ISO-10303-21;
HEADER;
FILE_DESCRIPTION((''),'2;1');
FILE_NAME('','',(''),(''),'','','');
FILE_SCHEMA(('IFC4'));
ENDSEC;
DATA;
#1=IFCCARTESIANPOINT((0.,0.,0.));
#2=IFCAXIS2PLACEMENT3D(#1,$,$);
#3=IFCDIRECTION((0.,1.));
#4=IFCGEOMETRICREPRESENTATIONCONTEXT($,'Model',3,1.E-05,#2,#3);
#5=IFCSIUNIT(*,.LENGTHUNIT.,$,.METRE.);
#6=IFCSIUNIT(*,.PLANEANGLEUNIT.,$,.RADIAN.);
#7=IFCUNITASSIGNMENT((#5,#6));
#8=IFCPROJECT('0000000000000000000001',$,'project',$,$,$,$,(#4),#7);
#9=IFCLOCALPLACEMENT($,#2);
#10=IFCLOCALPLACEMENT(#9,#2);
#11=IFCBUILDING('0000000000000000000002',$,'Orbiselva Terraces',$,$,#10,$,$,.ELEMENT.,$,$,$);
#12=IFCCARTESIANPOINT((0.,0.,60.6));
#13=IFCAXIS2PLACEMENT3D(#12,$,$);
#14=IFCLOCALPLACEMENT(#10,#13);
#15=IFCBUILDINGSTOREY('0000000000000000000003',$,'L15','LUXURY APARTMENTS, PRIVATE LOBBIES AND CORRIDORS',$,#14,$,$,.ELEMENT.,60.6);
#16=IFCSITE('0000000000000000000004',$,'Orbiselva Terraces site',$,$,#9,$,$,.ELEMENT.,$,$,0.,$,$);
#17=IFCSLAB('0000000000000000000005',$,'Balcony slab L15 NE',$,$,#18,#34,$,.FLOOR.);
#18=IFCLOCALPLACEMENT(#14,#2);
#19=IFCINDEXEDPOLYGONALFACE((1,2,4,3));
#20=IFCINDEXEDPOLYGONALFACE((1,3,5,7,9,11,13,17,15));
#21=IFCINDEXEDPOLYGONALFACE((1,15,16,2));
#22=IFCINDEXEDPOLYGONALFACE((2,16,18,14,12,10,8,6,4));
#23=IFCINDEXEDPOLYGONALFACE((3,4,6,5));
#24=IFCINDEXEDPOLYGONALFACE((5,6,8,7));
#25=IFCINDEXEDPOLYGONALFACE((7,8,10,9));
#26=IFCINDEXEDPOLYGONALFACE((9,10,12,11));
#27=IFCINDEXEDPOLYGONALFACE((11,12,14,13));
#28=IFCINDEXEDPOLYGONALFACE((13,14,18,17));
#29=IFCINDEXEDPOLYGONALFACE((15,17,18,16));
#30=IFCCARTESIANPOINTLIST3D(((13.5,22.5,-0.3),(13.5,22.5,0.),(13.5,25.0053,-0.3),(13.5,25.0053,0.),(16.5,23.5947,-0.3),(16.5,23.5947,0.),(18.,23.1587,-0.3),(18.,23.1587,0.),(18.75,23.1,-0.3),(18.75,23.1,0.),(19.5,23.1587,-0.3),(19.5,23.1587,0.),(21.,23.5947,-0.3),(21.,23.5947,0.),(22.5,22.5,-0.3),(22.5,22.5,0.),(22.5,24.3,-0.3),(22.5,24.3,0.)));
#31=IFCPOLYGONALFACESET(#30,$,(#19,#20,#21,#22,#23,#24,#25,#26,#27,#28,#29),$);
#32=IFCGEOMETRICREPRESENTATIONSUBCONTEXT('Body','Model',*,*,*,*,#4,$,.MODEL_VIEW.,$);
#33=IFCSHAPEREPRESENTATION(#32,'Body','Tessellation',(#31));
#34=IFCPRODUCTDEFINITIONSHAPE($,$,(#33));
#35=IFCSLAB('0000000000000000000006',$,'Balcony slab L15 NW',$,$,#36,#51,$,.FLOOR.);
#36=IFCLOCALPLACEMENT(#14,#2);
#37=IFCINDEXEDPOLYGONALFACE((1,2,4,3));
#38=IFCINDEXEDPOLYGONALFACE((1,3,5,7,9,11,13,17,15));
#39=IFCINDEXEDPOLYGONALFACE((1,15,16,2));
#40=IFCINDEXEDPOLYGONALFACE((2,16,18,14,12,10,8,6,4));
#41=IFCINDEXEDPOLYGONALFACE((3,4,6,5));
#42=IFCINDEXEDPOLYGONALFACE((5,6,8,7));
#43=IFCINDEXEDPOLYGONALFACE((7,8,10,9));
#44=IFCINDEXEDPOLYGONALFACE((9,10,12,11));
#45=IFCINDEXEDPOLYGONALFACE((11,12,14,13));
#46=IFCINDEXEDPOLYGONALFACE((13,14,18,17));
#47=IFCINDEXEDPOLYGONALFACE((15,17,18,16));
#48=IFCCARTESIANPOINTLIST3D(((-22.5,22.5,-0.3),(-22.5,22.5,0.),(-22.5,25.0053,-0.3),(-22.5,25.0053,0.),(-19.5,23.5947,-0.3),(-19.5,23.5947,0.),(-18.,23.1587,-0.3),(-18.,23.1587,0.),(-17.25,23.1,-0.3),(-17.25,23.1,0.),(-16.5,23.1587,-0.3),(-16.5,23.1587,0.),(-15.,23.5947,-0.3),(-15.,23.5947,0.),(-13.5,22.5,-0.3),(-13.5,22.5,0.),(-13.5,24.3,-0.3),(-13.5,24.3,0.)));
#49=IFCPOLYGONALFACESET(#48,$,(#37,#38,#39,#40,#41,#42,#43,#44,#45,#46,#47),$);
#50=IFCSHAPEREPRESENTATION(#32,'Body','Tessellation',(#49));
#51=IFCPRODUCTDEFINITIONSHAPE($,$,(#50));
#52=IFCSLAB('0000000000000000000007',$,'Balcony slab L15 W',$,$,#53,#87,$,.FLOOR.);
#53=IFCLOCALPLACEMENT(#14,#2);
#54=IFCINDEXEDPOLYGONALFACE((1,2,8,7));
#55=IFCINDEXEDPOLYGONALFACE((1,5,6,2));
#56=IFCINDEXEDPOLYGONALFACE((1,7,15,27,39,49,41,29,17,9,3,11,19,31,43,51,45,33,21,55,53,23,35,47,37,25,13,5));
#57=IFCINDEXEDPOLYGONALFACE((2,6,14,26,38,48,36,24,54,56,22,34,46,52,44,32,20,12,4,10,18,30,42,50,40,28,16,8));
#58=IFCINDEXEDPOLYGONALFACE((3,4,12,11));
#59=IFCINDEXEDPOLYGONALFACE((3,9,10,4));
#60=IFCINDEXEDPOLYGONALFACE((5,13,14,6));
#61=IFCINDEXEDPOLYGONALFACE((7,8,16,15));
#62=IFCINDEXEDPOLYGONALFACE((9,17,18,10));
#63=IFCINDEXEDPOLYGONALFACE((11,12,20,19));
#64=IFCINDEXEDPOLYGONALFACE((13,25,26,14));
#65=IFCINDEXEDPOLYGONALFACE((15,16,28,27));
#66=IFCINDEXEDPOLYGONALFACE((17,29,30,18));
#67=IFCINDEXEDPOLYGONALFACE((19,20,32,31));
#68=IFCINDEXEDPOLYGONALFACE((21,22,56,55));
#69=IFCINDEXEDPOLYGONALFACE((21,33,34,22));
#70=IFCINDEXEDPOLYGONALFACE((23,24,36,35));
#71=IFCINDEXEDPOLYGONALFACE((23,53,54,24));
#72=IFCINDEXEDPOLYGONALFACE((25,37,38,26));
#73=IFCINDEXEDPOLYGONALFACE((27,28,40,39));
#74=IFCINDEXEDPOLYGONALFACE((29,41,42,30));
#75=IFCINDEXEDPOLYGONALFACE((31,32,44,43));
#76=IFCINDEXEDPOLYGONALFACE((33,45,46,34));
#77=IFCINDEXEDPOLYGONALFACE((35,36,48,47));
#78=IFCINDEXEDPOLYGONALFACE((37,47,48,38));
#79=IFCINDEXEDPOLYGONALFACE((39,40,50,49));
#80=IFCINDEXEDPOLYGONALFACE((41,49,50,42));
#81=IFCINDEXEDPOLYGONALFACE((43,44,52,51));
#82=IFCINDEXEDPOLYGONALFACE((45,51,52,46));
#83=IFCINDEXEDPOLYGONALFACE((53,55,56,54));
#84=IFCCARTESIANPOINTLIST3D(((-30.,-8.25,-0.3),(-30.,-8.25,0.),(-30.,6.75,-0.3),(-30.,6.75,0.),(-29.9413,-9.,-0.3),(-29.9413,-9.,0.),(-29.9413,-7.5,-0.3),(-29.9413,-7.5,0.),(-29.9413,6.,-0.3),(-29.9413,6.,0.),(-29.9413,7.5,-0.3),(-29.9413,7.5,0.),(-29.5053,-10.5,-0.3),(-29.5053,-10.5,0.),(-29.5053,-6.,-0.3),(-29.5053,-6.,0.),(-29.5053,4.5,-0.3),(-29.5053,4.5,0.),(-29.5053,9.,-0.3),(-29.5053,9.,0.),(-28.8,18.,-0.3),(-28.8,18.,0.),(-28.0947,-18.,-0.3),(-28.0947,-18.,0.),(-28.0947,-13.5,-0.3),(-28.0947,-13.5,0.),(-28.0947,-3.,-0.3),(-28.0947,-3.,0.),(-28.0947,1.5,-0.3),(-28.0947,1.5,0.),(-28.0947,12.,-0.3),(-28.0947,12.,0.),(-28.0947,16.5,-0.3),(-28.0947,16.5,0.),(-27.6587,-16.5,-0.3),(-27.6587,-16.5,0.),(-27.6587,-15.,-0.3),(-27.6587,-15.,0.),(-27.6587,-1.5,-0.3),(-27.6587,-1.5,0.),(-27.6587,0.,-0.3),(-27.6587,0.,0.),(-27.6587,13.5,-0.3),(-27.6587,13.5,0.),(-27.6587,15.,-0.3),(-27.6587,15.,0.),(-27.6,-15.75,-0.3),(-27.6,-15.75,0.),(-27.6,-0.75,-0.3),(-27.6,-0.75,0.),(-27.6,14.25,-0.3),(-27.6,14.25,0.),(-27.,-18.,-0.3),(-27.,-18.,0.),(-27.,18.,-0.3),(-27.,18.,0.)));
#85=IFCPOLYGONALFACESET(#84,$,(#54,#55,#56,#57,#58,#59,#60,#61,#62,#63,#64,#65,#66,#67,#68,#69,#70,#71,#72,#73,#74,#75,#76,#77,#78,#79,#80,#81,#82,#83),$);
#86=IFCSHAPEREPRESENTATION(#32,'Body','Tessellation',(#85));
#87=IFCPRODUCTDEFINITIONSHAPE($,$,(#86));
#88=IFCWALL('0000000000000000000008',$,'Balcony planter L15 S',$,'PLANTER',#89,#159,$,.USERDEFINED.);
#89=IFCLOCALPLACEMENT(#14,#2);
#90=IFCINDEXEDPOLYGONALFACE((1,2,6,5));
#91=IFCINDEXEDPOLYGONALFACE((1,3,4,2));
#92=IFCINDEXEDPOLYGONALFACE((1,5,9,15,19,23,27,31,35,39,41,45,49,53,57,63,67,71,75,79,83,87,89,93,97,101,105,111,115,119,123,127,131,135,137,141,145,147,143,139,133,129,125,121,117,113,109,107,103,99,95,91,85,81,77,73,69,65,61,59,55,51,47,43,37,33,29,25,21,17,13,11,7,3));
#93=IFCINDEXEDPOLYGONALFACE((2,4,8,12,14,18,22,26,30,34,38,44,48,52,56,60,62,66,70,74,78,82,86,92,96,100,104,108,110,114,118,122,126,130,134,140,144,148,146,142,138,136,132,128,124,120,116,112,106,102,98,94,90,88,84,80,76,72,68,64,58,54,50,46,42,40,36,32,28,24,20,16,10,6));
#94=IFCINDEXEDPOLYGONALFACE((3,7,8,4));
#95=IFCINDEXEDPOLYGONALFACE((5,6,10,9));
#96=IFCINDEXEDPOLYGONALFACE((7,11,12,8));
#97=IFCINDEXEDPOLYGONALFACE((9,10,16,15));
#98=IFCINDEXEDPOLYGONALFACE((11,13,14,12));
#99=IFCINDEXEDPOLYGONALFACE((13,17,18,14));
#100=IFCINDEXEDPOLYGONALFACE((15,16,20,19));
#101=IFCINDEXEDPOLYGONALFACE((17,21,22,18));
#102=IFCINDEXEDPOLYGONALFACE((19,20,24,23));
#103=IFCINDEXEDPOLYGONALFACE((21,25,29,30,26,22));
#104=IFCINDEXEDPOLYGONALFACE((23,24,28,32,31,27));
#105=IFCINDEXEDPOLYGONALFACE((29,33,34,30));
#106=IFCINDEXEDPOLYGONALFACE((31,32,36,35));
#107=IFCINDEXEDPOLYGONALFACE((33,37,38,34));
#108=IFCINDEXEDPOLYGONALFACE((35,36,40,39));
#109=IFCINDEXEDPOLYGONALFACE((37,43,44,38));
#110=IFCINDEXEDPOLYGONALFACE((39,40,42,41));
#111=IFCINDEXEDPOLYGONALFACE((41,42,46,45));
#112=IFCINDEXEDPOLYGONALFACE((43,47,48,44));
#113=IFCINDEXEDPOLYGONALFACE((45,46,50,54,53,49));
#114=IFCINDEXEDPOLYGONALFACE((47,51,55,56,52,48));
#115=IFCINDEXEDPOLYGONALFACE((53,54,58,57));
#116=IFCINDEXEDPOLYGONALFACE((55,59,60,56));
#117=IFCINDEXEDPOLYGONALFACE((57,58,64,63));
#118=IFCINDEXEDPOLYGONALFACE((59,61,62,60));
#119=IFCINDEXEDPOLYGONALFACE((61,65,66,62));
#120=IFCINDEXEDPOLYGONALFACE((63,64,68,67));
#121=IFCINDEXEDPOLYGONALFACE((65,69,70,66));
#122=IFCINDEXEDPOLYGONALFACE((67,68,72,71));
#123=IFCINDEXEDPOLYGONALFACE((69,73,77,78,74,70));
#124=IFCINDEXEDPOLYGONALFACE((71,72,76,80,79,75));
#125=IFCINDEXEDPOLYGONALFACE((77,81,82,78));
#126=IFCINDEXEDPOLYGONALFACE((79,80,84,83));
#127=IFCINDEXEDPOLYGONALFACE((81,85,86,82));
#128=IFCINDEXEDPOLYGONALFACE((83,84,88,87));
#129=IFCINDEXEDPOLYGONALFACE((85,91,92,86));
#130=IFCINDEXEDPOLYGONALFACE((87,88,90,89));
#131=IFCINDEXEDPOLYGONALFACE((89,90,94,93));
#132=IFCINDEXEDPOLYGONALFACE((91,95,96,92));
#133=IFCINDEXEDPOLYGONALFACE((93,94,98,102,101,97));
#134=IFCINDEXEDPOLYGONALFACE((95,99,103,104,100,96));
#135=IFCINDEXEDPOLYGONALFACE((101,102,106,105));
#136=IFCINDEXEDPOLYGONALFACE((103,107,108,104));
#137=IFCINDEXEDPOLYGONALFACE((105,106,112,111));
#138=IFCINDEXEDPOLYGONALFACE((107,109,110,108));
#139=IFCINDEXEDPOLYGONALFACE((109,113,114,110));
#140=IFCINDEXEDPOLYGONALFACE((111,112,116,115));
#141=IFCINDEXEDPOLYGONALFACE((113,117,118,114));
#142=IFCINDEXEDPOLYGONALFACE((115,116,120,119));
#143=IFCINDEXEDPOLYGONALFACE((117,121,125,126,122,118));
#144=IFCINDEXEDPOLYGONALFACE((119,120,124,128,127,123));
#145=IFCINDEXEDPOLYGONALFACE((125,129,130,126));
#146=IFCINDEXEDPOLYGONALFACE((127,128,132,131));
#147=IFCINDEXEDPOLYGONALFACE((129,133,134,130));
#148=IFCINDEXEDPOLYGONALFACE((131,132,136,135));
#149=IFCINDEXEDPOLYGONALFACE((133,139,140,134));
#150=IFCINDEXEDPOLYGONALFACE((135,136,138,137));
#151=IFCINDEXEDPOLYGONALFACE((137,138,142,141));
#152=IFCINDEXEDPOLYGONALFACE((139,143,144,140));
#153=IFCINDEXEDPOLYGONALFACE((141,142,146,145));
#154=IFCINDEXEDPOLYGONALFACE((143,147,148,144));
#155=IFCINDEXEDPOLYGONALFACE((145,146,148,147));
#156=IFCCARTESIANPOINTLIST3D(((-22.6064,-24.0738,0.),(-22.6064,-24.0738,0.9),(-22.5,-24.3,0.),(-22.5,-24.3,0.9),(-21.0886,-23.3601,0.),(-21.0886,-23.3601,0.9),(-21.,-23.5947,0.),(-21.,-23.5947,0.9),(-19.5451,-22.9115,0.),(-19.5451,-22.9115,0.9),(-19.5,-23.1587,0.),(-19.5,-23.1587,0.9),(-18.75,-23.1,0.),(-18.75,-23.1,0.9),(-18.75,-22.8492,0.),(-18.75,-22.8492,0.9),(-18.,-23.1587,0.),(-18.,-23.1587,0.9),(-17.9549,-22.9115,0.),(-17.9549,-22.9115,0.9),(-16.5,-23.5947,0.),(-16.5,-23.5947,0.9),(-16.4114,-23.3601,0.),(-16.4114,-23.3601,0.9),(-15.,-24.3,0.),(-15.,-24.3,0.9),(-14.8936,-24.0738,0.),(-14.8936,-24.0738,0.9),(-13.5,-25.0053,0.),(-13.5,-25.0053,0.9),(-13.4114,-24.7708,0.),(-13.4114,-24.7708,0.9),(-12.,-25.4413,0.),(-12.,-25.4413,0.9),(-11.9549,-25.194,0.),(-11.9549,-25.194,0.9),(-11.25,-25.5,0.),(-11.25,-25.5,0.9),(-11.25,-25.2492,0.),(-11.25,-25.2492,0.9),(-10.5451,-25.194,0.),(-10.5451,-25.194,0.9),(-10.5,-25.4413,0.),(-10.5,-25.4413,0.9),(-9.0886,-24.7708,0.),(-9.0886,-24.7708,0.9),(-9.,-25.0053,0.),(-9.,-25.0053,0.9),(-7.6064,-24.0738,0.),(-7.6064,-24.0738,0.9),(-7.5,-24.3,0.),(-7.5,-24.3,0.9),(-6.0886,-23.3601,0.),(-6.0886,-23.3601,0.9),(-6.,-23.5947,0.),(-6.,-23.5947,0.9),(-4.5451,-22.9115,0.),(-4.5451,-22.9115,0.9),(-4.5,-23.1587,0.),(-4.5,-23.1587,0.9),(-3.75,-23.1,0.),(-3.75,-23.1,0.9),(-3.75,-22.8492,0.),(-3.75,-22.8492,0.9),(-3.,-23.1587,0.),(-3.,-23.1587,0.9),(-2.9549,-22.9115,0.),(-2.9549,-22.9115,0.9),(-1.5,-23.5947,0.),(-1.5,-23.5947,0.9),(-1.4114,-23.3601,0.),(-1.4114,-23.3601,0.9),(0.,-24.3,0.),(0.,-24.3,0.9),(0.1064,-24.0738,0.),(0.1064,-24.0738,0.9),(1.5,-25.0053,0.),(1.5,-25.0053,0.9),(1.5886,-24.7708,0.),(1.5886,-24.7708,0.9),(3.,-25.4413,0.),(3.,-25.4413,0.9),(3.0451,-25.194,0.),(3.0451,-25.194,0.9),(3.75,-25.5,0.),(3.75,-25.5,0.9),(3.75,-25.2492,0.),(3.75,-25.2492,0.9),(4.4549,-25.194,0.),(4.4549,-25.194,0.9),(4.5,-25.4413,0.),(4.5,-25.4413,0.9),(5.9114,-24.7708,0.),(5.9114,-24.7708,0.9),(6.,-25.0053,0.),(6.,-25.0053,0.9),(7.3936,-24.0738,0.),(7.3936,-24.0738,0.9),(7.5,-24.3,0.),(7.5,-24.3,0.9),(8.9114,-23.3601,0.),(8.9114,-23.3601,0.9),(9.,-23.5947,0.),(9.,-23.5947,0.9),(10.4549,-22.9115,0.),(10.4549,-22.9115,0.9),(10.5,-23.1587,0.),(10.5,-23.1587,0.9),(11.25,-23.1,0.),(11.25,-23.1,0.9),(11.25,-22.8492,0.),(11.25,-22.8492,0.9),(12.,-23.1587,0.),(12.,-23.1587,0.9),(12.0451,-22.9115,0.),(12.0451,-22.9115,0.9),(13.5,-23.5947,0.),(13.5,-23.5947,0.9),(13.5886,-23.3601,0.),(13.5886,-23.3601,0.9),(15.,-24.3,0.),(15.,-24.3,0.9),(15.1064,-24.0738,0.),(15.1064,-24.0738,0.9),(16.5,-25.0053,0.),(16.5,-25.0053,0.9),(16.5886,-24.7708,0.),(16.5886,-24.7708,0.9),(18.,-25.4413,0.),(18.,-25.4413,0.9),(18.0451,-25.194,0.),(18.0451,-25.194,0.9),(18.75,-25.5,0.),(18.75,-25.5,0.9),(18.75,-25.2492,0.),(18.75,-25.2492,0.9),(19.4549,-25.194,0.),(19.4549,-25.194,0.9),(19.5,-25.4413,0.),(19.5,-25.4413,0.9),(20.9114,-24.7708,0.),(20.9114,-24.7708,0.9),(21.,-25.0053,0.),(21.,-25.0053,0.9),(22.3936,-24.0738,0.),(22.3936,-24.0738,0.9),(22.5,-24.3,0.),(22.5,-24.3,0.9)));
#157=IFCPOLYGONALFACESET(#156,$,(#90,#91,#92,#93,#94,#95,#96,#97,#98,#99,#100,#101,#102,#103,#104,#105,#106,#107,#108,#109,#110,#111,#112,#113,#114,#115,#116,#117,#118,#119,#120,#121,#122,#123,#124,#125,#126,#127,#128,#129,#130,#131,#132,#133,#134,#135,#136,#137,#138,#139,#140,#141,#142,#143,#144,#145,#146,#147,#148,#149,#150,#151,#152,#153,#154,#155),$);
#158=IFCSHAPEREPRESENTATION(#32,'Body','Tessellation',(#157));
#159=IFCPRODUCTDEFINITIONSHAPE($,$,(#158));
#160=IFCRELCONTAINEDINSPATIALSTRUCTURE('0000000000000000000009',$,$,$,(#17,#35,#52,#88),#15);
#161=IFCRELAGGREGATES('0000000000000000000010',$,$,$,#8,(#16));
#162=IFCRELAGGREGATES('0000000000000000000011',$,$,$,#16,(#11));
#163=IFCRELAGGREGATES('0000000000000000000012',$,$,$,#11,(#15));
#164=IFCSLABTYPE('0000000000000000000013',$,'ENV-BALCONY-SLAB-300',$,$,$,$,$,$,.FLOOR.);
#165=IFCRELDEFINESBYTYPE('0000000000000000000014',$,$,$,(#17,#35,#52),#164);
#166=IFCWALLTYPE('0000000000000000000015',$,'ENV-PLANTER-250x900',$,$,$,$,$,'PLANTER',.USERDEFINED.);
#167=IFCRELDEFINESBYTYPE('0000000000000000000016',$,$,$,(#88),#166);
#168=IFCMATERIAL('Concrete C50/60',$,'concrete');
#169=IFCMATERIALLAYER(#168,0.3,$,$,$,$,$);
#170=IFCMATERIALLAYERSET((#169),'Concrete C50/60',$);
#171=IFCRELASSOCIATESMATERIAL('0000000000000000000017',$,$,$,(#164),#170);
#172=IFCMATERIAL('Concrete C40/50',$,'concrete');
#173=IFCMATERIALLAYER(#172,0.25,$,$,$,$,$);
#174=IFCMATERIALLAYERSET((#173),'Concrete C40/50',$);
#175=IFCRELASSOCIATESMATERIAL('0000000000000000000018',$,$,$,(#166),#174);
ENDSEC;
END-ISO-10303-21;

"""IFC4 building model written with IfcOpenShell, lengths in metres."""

from ifc_helpers import new_model, si_unit, direction, frame, origin, place, context, subcontext, project, spatial, polyline, outline, extrude, material, layer, layer_set, type_object, element, save


model = new_model("IFC4")

# Units and contexts
model_context = context("Model", 3, precision=1e-05, world=origin(), true_north=direction((0.0, 1.0)))
body_context = subcontext(model_context, "Body", "Model", "MODEL_VIEW")
ifc_project = project(units=[si_unit("LENGTHUNIT", "METRE"), si_unit("PLANEANGLEUNIT", "RADIAN")], contexts=[model_context])

# Site, building, storey
site_placement = place(None, origin())
site = spatial("IfcSite", under=ifc_project, at=site_placement, Name="Orbiselva Terraces site", CompositionType="ELEMENT", RefElevation=0.0)
building_placement = place(site_placement, origin())
building = spatial("IfcBuilding", under=site, at=building_placement, Name="Orbiselva Terraces", CompositionType="ELEMENT")
storey_placement = place(building_placement, frame((0.0, 0.0, 60.6)))
storey = spatial("IfcBuildingStorey", under=building, at=storey_placement, Name="L15", Description="LUXURY APARTMENTS, PRIVATE LOBBIES AND CORRIDORS", CompositionType="ELEMENT", Elevation=60.6)

# Slabs
ifc_material_1 = material(Name="Concrete C40/50", Category="concrete")
ifc_material_2 = material(Name="Concrete C50/60", Category="concrete")
ifc_layer_1 = layer(ifc_material_2, 0.3)
ifc_layer_set_1 = layer_set([ifc_layer_1], Name="Concrete C50/60")
slab_type_1 = type_object("IfcSlabType", Name="ENV-BALCONY-SLAB-300", PredefinedType="FLOOR", material=ifc_layer_set_1)
slab_1_placement = place(storey_placement, frame((0.0, 0.0, -0.3)))
element("IfcSlab", 1, at=slab_1_placement, inside=storey, type_object=slab_type_1, Name="Balcony slab L15 NE", PredefinedType="FLOOR", context=body_context, shape_type="SweptSolid", body=[
    extrude(outline(polyline([(22.5, 24.3), (21.0, 23.5947), (19.5, 23.1587), (18.75, 23.1), (18.0, 23.1587), (16.5, 23.5947), (13.5, 25.0053), (13.5, 22.5), (22.5, 22.5), (22.5, 24.3)])), origin(), (0.0, 0.0, 1.0), 0.3),
])
slab_2_placement = place(storey_placement, frame((0.0, 0.0, -0.3)))
element("IfcSlab", 2, at=slab_2_placement, inside=storey, type_object=slab_type_1, Name="Balcony slab L15 NW", PredefinedType="FLOOR", context=body_context, shape_type="SweptSolid", body=[
    extrude(outline(polyline([(-13.5, 24.3), (-15.0, 23.5947), (-16.5, 23.1587), (-17.25, 23.1), (-18.0, 23.1587), (-19.5, 23.5947), (-22.5, 25.0053), (-22.5, 22.5), (-13.5, 22.5), (-13.5, 24.3)])), origin(), (0.0, 0.0, 1.0), 0.3),
])
slab_3_placement = place(storey_placement, frame((0.0, 0.0, -0.3)))
element("IfcSlab", 3, at=slab_3_placement, inside=storey, type_object=slab_type_1, Name="Balcony slab L15 W", PredefinedType="FLOOR", context=body_context, shape_type="SweptSolid", body=[
    extrude(outline(polyline([(-28.8, 18.0), (-28.0947, 16.5), (-27.6587, 15.0), (-27.6, 14.25), (-27.6587, 13.5), (-28.0947, 12.0), (-29.5053, 9.0), (-29.9413, 7.5), (-30.0, 6.75), (-29.9413, 6.0), (-29.5053, 4.5), (-28.0947, 1.5), (-27.6587, 0.0), (-27.6, -0.75), (-27.6587, -1.5), (-28.0947, -3.0), (-29.5053, -6.0), (-29.9413, -7.5), (-30.0, -8.25), (-29.9413, -9.0), (-29.5053, -10.5), (-28.0947, -13.5), (-27.6587, -15.0), (-27.6, -15.75), (-27.6587, -16.5), (-28.0947, -18.0), (-27.0, -18.0), (-27.0, 18.0), (-28.8, 18.0)])), origin(), (0.0, 0.0, 1.0), 0.3),
])

# Wall
ifc_layer_2 = layer(ifc_material_1, 0.25)
ifc_layer_set_2 = layer_set([ifc_layer_2], Name="Concrete C40/50")
wall_type_1 = type_object("IfcWallType", Name="ENV-PLANTER-250x900", ElementType="PLANTER", PredefinedType="USERDEFINED", material=ifc_layer_set_2)
wall_1_placement = place(storey_placement, origin())
element("IfcWall", 4, at=wall_1_placement, inside=storey, type_object=wall_type_1, Name="Balcony planter L15 S", ObjectType="PLANTER", PredefinedType="USERDEFINED", context=body_context, shape_type="SweptSolid", body=[
    extrude(outline(polyline([(-22.5, -24.3), (-21.0, -23.5947), (-19.5, -23.1587), (-18.75, -23.1), (-18.0, -23.1587), (-16.5, -23.5947), (-15.0, -24.3), (-13.5, -25.0053), (-12.0, -25.4413), (-11.25, -25.5), (-10.5, -25.4413), (-9.0, -25.0053), (-7.5, -24.3), (-6.0, -23.5947), (-4.5, -23.1587), (-3.75, -23.1), (-3.0, -23.1587), (-1.5, -23.5947), (0.0, -24.3), (1.5, -25.0053), (3.0, -25.4413), (3.75, -25.5), (4.5, -25.4413), (6.0, -25.0053), (7.5, -24.3), (9.0, -23.5947), (10.5, -23.1587), (11.25, -23.1), (12.0, -23.1587), (13.5, -23.5947), (15.0, -24.3), (16.5, -25.0053), (18.0, -25.4413), (18.75, -25.5), (19.5, -25.4413), (21.0, -25.0053), (22.5, -24.3), (22.3936, -24.0738), (20.9114, -24.7708), (19.4549, -25.194), (18.75, -25.2492), (18.0451, -25.194), (16.5886, -24.7708), (15.1064, -24.0738), (13.5886, -23.3601), (12.0451, -22.9115), (11.25, -22.8492), (10.4549, -22.9115), (8.9114, -23.3601), (7.3936, -24.0738), (5.9114, -24.7708), (4.4549, -25.194), (3.75, -25.2492), (3.0451, -25.194), (1.5886, -24.7708), (0.1064, -24.0738), (-1.4114, -23.3601), (-2.9549, -22.9115), (-3.75, -22.8492), (-4.5451, -22.9115), (-6.0886, -23.3601), (-7.6064, -24.0738), (-9.0886, -24.7708), (-10.5451, -25.194), (-11.25, -25.2492), (-11.9549, -25.194), (-13.4114, -24.7708), (-14.8936, -24.0738), (-16.4114, -23.3601), (-17.9549, -22.9115), (-18.75, -22.8492), (-19.5451, -22.9115), (-21.0886, -23.3601), (-22.6064, -24.0738), (-22.5, -24.3)])), origin(), (0.0, 0.0, 1.0), 0.9),
])

save(model, "model.ifc")
